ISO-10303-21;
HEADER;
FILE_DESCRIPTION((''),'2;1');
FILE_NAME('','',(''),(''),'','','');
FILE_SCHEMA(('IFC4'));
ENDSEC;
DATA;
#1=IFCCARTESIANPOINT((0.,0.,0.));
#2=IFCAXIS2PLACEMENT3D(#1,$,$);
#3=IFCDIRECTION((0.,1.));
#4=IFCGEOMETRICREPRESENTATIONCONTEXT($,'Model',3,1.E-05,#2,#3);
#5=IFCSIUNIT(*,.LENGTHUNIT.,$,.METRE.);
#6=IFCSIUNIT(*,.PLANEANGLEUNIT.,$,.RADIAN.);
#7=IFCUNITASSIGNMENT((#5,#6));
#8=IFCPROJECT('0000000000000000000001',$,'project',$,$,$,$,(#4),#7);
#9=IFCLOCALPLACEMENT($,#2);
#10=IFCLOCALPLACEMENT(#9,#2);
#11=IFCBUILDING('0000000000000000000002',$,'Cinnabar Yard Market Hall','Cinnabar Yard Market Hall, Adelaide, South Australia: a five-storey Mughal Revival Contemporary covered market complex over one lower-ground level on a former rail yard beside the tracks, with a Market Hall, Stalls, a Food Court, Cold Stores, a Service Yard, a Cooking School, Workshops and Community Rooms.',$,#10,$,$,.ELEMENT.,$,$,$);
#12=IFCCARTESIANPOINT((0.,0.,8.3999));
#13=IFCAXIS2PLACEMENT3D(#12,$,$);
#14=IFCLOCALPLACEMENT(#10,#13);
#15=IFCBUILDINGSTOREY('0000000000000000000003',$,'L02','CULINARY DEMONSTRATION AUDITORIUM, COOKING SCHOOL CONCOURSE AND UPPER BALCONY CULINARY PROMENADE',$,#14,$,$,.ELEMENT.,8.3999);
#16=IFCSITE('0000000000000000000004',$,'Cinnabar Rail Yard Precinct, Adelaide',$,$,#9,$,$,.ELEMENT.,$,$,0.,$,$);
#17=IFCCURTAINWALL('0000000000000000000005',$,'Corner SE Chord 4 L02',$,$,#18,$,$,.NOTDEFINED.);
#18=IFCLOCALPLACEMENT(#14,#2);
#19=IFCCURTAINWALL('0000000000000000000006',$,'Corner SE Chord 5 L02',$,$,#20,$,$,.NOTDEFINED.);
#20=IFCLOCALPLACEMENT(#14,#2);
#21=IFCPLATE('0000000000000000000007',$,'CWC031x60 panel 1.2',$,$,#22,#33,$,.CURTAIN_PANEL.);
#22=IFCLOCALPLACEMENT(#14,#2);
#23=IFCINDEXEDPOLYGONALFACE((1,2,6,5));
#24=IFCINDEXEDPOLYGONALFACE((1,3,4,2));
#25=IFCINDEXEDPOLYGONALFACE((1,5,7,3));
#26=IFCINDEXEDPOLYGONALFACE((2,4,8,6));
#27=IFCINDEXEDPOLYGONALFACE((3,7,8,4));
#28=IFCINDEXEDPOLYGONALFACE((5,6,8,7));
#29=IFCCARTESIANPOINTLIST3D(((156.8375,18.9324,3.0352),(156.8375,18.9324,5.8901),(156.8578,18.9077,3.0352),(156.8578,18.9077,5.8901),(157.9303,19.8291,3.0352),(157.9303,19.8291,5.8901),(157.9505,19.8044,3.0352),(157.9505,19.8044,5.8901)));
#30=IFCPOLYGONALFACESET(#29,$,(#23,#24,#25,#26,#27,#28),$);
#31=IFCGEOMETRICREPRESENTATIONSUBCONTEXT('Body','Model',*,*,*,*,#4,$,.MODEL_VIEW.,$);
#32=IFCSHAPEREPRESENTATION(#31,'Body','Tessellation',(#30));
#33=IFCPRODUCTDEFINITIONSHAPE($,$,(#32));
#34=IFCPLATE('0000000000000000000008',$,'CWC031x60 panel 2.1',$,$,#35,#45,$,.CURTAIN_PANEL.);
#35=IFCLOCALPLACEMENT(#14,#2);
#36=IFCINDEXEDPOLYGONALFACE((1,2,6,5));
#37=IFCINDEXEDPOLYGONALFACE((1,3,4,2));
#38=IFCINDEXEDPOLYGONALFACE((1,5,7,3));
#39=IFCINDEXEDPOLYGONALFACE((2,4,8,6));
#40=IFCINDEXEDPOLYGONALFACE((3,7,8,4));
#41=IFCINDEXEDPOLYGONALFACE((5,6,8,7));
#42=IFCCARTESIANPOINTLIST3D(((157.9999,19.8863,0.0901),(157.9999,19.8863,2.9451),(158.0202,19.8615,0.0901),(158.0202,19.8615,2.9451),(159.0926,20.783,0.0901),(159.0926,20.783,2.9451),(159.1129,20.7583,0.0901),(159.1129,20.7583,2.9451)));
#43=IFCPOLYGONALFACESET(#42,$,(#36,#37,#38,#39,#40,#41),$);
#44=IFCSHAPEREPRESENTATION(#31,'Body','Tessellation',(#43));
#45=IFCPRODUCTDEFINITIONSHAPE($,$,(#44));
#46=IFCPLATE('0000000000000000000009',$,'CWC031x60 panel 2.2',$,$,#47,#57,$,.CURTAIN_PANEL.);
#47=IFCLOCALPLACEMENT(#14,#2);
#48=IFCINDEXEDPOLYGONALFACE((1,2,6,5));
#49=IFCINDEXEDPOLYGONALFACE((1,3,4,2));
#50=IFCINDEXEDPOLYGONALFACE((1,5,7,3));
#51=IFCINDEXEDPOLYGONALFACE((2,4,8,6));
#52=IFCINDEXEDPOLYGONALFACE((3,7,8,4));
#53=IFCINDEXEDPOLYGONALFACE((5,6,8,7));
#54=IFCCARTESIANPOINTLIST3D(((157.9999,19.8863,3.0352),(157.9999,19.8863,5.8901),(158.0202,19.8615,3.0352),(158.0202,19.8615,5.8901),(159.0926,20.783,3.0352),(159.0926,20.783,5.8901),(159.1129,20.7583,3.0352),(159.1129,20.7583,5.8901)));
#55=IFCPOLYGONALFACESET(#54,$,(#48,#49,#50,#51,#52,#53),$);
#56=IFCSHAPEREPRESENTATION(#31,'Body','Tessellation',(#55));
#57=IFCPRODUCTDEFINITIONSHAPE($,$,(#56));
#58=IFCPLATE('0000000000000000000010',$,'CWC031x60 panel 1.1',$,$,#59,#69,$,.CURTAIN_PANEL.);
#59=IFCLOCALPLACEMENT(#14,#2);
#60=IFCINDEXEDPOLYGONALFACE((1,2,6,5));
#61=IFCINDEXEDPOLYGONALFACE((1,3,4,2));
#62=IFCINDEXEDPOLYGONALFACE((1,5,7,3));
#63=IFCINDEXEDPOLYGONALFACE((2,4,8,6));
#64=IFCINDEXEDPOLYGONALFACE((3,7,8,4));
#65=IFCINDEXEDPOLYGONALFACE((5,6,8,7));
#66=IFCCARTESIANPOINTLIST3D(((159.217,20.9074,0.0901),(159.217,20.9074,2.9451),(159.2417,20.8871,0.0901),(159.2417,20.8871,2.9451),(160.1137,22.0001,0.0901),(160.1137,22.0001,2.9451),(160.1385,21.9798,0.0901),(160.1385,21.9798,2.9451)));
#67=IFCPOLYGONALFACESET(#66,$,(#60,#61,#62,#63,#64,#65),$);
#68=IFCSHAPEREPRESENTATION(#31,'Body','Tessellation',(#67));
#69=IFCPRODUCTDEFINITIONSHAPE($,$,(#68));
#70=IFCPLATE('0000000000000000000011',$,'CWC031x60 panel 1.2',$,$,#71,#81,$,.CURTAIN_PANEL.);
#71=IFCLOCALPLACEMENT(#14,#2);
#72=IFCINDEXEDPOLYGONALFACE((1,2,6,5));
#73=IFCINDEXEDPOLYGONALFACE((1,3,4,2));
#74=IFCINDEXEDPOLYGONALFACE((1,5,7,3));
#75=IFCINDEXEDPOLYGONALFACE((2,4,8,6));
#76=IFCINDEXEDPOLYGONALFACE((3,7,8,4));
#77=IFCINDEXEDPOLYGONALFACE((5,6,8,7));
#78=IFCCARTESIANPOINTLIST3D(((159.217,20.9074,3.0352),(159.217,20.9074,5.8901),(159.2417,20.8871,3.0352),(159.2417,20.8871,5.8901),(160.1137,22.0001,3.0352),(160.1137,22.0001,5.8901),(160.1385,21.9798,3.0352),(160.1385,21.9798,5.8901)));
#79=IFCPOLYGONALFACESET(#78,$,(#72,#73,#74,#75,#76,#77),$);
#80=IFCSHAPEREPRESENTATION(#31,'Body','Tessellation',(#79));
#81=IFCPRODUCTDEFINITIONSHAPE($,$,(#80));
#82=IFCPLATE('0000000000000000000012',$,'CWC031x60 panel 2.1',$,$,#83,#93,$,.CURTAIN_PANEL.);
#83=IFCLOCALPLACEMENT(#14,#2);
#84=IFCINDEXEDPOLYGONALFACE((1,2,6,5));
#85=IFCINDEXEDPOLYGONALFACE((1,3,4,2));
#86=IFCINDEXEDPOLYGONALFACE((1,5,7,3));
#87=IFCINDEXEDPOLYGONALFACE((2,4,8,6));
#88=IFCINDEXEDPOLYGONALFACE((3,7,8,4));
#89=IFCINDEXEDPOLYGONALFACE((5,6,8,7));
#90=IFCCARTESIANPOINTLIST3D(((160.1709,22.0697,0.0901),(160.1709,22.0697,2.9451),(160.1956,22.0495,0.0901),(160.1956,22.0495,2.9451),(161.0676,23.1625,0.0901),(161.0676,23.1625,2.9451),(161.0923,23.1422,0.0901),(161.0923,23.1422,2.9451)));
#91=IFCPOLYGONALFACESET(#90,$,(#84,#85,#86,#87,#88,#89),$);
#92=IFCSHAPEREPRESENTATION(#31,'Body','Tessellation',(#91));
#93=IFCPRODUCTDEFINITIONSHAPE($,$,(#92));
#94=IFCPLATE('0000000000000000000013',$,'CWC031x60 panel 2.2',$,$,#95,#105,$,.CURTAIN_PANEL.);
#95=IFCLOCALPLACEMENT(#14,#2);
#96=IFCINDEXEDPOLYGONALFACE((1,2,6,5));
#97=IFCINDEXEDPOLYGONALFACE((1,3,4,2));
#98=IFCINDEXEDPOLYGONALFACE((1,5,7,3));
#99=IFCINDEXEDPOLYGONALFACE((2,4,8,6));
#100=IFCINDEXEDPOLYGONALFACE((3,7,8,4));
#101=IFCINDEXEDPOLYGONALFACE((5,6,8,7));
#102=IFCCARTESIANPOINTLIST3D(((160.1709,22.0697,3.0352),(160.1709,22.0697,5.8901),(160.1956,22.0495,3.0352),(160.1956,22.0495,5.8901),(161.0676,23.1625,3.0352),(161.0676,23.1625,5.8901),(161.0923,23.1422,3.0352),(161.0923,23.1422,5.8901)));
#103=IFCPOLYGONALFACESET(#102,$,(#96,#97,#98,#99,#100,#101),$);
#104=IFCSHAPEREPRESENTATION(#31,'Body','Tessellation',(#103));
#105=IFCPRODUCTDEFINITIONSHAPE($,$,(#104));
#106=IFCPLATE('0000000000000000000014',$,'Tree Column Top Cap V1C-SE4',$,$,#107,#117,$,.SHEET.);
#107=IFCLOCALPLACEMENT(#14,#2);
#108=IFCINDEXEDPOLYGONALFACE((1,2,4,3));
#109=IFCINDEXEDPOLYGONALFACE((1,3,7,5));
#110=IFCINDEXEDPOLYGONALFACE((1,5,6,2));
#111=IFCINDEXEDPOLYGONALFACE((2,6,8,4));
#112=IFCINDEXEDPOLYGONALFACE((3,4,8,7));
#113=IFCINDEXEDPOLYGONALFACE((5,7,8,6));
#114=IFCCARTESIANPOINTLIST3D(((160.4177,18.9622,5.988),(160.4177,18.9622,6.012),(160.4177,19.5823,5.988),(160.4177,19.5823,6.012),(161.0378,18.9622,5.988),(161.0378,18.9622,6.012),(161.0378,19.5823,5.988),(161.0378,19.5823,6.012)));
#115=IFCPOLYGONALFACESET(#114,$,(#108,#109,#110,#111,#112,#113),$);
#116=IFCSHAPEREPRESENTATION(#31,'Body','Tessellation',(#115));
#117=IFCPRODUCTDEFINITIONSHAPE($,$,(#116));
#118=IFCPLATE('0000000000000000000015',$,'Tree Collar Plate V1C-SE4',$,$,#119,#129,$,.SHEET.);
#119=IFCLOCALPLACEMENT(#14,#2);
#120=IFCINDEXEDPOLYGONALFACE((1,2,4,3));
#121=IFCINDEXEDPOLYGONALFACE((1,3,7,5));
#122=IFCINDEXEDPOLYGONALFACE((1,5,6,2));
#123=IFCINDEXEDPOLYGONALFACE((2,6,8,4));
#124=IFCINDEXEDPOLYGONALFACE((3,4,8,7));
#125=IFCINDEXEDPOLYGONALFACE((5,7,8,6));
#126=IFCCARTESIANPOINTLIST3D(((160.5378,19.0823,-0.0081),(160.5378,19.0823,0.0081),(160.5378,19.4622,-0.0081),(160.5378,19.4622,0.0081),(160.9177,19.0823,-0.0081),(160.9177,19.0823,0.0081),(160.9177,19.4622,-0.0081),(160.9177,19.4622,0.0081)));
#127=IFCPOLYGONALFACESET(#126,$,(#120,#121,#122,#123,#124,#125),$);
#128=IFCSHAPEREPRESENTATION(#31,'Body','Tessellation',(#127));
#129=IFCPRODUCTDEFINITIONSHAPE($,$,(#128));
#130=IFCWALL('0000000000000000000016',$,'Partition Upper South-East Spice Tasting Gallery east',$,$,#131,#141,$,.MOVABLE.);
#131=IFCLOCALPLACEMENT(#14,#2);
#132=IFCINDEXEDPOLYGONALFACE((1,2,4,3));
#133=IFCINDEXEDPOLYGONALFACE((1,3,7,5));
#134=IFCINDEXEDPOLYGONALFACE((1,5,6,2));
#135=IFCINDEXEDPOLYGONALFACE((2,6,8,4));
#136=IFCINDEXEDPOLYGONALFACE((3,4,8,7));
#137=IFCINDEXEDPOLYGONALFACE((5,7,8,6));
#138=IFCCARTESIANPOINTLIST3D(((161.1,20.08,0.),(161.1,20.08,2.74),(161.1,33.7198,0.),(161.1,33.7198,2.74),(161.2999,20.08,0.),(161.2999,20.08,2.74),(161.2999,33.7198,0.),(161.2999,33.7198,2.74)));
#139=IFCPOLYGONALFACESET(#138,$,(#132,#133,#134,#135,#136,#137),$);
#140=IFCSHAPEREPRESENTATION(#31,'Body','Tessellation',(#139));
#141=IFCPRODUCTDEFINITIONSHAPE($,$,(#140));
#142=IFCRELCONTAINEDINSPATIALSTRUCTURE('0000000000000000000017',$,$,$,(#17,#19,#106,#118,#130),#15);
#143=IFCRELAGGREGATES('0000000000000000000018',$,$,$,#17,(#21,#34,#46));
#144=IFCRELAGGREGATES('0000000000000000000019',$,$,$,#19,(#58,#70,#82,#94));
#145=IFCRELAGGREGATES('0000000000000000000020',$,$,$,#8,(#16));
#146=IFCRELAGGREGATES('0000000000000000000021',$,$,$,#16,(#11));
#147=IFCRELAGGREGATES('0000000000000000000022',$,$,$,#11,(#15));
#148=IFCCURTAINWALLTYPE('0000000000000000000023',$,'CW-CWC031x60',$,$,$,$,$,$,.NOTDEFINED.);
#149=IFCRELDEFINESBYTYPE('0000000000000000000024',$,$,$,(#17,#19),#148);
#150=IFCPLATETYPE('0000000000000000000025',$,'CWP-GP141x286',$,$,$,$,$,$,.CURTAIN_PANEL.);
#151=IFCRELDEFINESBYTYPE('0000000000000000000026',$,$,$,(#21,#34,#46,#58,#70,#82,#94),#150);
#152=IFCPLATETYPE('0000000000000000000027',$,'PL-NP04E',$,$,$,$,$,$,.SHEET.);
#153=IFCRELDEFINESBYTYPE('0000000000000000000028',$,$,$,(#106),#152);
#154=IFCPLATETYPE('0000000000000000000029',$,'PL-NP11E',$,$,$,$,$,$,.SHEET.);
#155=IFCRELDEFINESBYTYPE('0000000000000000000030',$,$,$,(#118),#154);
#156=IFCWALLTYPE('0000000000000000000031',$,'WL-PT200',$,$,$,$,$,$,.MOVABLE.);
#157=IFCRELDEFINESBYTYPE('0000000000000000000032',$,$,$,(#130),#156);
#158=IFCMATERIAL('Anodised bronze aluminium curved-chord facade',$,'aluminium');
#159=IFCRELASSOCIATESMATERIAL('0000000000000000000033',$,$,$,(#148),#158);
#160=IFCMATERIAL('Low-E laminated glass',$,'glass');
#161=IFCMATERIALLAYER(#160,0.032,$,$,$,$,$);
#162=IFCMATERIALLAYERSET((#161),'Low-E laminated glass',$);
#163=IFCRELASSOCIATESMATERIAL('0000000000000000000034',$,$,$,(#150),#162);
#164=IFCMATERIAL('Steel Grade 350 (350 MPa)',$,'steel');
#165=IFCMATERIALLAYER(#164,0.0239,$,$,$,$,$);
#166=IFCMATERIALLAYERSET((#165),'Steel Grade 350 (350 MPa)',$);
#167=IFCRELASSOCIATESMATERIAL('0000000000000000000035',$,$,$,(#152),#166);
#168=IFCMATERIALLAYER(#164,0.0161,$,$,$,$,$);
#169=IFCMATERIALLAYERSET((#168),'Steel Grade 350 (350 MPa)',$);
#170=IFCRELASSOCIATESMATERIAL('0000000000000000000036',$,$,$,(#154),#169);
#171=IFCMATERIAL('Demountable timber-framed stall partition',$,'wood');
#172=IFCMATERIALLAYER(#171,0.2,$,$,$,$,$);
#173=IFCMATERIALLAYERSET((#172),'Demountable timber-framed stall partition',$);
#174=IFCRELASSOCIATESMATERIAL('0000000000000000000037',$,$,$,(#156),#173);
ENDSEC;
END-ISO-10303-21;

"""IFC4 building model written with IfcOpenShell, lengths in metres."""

from ifc_helpers import new_model, si_unit, direction, frame, frame_2d, origin, origin_2d_with_axis, place, context, subcontext, project, spatial, rectangle, extrude, material, layer, layer_set, type_object, element, aggregate, save


model = new_model("IFC4")

# Units and contexts
model_context = context("Model", 3, precision=1e-05, world=origin(), true_north=direction((0.0, 1.0)))
body_context = subcontext(model_context, "Body", "Model", "MODEL_VIEW")
ifc_project = project(units=[si_unit("LENGTHUNIT", "METRE"), si_unit("PLANEANGLEUNIT", "RADIAN")], contexts=[model_context])

# Site, building, storey
site_placement = place(None, origin())
site = spatial("IfcSite", under=ifc_project, at=site_placement, Name="Cinnabar Rail Yard Precinct, Adelaide", CompositionType="ELEMENT", RefElevation=0.0)
building_placement = place(site_placement, origin())
building = spatial("IfcBuilding", under=site, at=building_placement, Name="Cinnabar Yard Market Hall", Description="Cinnabar Yard Market Hall, Adelaide, South Australia: a five-storey Mughal Revival Contemporary covered market complex over one lower-ground level on a former rail yard beside the tracks, with a Market Hall, Stalls, a Food Court, Cold Stores, a Service Yard, a Cooking School, Workshops and Community Rooms.", CompositionType="ELEMENT")
storey_placement = place(building_placement, frame((0.0, 0.0, 8.3999)))
storey = spatial("IfcBuildingStorey", under=building, at=storey_placement, Name="L02", Description="CULINARY DEMONSTRATION AUDITORIUM, COOKING SCHOOL CONCOURSE AND UPPER BALCONY CULINARY PROMENADE", CompositionType="ELEMENT", Elevation=8.3999)

# Shared definitions
ifc_material_1 = material(Name="Anodised bronze aluminium curved-chord facade", Category="aluminium")
curtain_wall_type = type_object("IfcCurtainWallType", Name="CW-CWC031x60", PredefinedType="NOTDEFINED", material=ifc_material_1)

# Curtain walls
curtain_wall_1_placement = place(storey_placement, origin())
curtain_wall_1 = element("IfcCurtainWall", 1, at=curtain_wall_1_placement, inside=storey, type_object=curtain_wall_type, Name="Corner SE Chord 4 L02", PredefinedType="NOTDEFINED")
curtain_wall_2_placement = place(storey_placement, origin())
curtain_wall_2 = element("IfcCurtainWall", 2, at=curtain_wall_2_placement, inside=storey, type_object=curtain_wall_type, Name="Corner SE Chord 5 L02", PredefinedType="NOTDEFINED")

# Plates
ifc_material_2 = material(Name="Low-E laminated glass", Category="glass")
ifc_layer_1 = layer(ifc_material_2, 0.032)
ifc_layer_set_1 = layer_set([ifc_layer_1], Name="Low-E laminated glass")
plate_type_1 = type_object("IfcPlateType", Name="CWP-GP141x286", PredefinedType="CURTAIN_PANEL", material=ifc_layer_set_1)
plate_1_placement = place(storey_placement, frame((157.394, 19.3684, 3.0352), z_axis=(0.0, 0.0, 1.0), x_axis=(0.773019, 0.634383, 0.0)))
plate_1 = element("IfcPlate", 3, at=plate_1_placement, type_object=plate_type_1, Name="CWC031x60 panel 1.2", PredefinedType="CURTAIN_PANEL", context=body_context, shape_type="SweptSolid", body=[
    extrude(rectangle(XDim=1.4136, YDim=0.032, at=origin_2d_with_axis()), origin(), (0.0, 0.0, 1.0), 2.855),
])
plate_2_placement = place(storey_placement, frame((158.5564, 20.3223, 0.0901), z_axis=(0.0, 0.0, 1.0), x_axis=(0.773019, 0.634383, 0.0)))
plate_2 = element("IfcPlate", 4, at=plate_2_placement, type_object=plate_type_1, Name="CWC031x60 panel 2.1", PredefinedType="CURTAIN_PANEL", context=body_context, shape_type="SweptSolid", body=[
    extrude(rectangle(XDim=1.4136, YDim=0.032, at=origin_2d_with_axis()), origin(), (0.0, 0.0, 1.0), 2.855),
])
plate_3_placement = place(storey_placement, frame((158.5564, 20.3223, 3.0352), z_axis=(0.0, 0.0, 1.0), x_axis=(0.773019, 0.634383, 0.0)))
plate_3 = element("IfcPlate", 5, at=plate_3_placement, type_object=plate_type_1, Name="CWC031x60 panel 2.2", PredefinedType="CURTAIN_PANEL", context=body_context, shape_type="SweptSolid", body=[
    extrude(rectangle(XDim=1.4136, YDim=0.032, at=origin_2d_with_axis()), origin(), (0.0, 0.0, 1.0), 2.855),
])
aggregate(curtain_wall_1, [plate_1, plate_2, plate_3])
plate_4_placement = place(storey_placement, frame((159.6777, 21.4436, 0.0901), z_axis=(0.0, 0.0, 1.0), x_axis=(0.634383, 0.773019, 0.0)))
plate_4 = element("IfcPlate", 6, at=plate_4_placement, type_object=plate_type_1, Name="CWC031x60 panel 1.1", PredefinedType="CURTAIN_PANEL", context=body_context, shape_type="SweptSolid", body=[
    extrude(rectangle(XDim=1.4136, YDim=0.032, at=origin_2d_with_axis()), origin(), (0.0, 0.0, 1.0), 2.855),
])
plate_5_placement = place(storey_placement, frame((159.6777, 21.4436, 3.0352), z_axis=(0.0, 0.0, 1.0), x_axis=(0.634383, 0.773019, 0.0)))
plate_5 = element("IfcPlate", 7, at=plate_5_placement, type_object=plate_type_1, Name="CWC031x60 panel 1.2", PredefinedType="CURTAIN_PANEL", context=body_context, shape_type="SweptSolid", body=[
    extrude(rectangle(XDim=1.4136, YDim=0.032, at=origin_2d_with_axis()), origin(), (0.0, 0.0, 1.0), 2.855),
])
plate_6_placement = place(storey_placement, frame((160.6316, 22.606, 0.0901), z_axis=(0.0, 0.0, 1.0), x_axis=(0.634383, 0.773019, 0.0)))
plate_6 = element("IfcPlate", 8, at=plate_6_placement, type_object=plate_type_1, Name="CWC031x60 panel 2.1", PredefinedType="CURTAIN_PANEL", context=body_context, shape_type="SweptSolid", body=[
    extrude(rectangle(XDim=1.4136, YDim=0.032, at=origin_2d_with_axis()), origin(), (0.0, 0.0, 1.0), 2.855),
])
plate_7_placement = place(storey_placement, frame((160.6316, 22.606, 3.0352), z_axis=(0.0, 0.0, 1.0), x_axis=(0.634383, 0.773019, 0.0)))
plate_7 = element("IfcPlate", 9, at=plate_7_placement, type_object=plate_type_1, Name="CWC031x60 panel 2.2", PredefinedType="CURTAIN_PANEL", context=body_context, shape_type="SweptSolid", body=[
    extrude(rectangle(XDim=1.4136, YDim=0.032, at=origin_2d_with_axis()), origin(), (0.0, 0.0, 1.0), 2.855),
])
aggregate(curtain_wall_2, [plate_4, plate_5, plate_6, plate_7])

# Plates
ifc_material_3 = material(Name="Steel Grade 350 (350 MPa)", Category="steel")
ifc_layer_2 = layer(ifc_material_3, 0.0239)
ifc_layer_set_2 = layer_set([ifc_layer_2], Name="Steel Grade 350 (350 MPa)")
plate_type_2 = type_object("IfcPlateType", Name="PL-NP04E", PredefinedType="SHEET", material=ifc_layer_set_2)
plate_8_placement = place(storey_placement, frame((160.7278, 19.2722, 5.988), z_axis=(0.0, 0.0, 1.0), x_axis=(1.0, 0.0, 0.0)))
element("IfcPlate", 10, at=plate_8_placement, inside=storey, type_object=plate_type_2, Name="Tree Column Top Cap V1C-SE4", PredefinedType="SHEET", context=body_context, shape_type="SweptSolid", body=[
    extrude(rectangle(XDim=0.6201, YDim=0.6201, at=origin_2d_with_axis()), origin(), (0.0, 0.0, 1.0), 0.0239),
])
ifc_layer_3 = layer(ifc_material_3, 0.0161)
ifc_layer_set_3 = layer_set([ifc_layer_3], Name="Steel Grade 350 (350 MPa)")
plate_type_3 = type_object("IfcPlateType", Name="PL-NP11E", PredefinedType="SHEET", material=ifc_layer_set_3)
plate_9_placement = place(storey_placement, frame((160.7278, 19.2722, -0.0081), z_axis=(0.0, 0.0, 1.0), x_axis=(1.0, 0.0, 0.0)))
element("IfcPlate", 11, at=plate_9_placement, inside=storey, type_object=plate_type_3, Name="Tree Collar Plate V1C-SE4", PredefinedType="SHEET", context=body_context, shape_type="SweptSolid", body=[
    extrude(rectangle(XDim=0.3799, YDim=0.3799, at=origin_2d_with_axis()), origin(), (0.0, 0.0, 1.0), 0.0161),
])

# Wall
ifc_material_4 = material(Name="Demountable timber-framed stall partition", Category="wood")
ifc_layer_4 = layer(ifc_material_4, 0.2)
ifc_layer_set_4 = layer_set([ifc_layer_4], Name="Demountable timber-framed stall partition")
wall_type = type_object("IfcWallType", Name="WL-PT200", PredefinedType="MOVABLE", material=ifc_layer_set_4)
wall_placement = place(storey_placement, frame((161.2, 20.0801, 0.0), z_axis=(0.0, 0.0, 1.0), x_axis=(0.0, 1.0, 0.0)))
element("IfcWall", 12, at=wall_placement, inside=storey, type_object=wall_type, Name="Partition Upper South-East Spice Tasting Gallery east", PredefinedType="MOVABLE", context=body_context, shape_type="SweptSolid", body=[
    extrude(rectangle(XDim=13.6399, YDim=0.2, at=frame_2d((6.8198, 0.0), x_axis=(1.0, 0.0))), origin(), (0.0, 0.0, 1.0), 2.74),
])

save(model, "model.ifc")
